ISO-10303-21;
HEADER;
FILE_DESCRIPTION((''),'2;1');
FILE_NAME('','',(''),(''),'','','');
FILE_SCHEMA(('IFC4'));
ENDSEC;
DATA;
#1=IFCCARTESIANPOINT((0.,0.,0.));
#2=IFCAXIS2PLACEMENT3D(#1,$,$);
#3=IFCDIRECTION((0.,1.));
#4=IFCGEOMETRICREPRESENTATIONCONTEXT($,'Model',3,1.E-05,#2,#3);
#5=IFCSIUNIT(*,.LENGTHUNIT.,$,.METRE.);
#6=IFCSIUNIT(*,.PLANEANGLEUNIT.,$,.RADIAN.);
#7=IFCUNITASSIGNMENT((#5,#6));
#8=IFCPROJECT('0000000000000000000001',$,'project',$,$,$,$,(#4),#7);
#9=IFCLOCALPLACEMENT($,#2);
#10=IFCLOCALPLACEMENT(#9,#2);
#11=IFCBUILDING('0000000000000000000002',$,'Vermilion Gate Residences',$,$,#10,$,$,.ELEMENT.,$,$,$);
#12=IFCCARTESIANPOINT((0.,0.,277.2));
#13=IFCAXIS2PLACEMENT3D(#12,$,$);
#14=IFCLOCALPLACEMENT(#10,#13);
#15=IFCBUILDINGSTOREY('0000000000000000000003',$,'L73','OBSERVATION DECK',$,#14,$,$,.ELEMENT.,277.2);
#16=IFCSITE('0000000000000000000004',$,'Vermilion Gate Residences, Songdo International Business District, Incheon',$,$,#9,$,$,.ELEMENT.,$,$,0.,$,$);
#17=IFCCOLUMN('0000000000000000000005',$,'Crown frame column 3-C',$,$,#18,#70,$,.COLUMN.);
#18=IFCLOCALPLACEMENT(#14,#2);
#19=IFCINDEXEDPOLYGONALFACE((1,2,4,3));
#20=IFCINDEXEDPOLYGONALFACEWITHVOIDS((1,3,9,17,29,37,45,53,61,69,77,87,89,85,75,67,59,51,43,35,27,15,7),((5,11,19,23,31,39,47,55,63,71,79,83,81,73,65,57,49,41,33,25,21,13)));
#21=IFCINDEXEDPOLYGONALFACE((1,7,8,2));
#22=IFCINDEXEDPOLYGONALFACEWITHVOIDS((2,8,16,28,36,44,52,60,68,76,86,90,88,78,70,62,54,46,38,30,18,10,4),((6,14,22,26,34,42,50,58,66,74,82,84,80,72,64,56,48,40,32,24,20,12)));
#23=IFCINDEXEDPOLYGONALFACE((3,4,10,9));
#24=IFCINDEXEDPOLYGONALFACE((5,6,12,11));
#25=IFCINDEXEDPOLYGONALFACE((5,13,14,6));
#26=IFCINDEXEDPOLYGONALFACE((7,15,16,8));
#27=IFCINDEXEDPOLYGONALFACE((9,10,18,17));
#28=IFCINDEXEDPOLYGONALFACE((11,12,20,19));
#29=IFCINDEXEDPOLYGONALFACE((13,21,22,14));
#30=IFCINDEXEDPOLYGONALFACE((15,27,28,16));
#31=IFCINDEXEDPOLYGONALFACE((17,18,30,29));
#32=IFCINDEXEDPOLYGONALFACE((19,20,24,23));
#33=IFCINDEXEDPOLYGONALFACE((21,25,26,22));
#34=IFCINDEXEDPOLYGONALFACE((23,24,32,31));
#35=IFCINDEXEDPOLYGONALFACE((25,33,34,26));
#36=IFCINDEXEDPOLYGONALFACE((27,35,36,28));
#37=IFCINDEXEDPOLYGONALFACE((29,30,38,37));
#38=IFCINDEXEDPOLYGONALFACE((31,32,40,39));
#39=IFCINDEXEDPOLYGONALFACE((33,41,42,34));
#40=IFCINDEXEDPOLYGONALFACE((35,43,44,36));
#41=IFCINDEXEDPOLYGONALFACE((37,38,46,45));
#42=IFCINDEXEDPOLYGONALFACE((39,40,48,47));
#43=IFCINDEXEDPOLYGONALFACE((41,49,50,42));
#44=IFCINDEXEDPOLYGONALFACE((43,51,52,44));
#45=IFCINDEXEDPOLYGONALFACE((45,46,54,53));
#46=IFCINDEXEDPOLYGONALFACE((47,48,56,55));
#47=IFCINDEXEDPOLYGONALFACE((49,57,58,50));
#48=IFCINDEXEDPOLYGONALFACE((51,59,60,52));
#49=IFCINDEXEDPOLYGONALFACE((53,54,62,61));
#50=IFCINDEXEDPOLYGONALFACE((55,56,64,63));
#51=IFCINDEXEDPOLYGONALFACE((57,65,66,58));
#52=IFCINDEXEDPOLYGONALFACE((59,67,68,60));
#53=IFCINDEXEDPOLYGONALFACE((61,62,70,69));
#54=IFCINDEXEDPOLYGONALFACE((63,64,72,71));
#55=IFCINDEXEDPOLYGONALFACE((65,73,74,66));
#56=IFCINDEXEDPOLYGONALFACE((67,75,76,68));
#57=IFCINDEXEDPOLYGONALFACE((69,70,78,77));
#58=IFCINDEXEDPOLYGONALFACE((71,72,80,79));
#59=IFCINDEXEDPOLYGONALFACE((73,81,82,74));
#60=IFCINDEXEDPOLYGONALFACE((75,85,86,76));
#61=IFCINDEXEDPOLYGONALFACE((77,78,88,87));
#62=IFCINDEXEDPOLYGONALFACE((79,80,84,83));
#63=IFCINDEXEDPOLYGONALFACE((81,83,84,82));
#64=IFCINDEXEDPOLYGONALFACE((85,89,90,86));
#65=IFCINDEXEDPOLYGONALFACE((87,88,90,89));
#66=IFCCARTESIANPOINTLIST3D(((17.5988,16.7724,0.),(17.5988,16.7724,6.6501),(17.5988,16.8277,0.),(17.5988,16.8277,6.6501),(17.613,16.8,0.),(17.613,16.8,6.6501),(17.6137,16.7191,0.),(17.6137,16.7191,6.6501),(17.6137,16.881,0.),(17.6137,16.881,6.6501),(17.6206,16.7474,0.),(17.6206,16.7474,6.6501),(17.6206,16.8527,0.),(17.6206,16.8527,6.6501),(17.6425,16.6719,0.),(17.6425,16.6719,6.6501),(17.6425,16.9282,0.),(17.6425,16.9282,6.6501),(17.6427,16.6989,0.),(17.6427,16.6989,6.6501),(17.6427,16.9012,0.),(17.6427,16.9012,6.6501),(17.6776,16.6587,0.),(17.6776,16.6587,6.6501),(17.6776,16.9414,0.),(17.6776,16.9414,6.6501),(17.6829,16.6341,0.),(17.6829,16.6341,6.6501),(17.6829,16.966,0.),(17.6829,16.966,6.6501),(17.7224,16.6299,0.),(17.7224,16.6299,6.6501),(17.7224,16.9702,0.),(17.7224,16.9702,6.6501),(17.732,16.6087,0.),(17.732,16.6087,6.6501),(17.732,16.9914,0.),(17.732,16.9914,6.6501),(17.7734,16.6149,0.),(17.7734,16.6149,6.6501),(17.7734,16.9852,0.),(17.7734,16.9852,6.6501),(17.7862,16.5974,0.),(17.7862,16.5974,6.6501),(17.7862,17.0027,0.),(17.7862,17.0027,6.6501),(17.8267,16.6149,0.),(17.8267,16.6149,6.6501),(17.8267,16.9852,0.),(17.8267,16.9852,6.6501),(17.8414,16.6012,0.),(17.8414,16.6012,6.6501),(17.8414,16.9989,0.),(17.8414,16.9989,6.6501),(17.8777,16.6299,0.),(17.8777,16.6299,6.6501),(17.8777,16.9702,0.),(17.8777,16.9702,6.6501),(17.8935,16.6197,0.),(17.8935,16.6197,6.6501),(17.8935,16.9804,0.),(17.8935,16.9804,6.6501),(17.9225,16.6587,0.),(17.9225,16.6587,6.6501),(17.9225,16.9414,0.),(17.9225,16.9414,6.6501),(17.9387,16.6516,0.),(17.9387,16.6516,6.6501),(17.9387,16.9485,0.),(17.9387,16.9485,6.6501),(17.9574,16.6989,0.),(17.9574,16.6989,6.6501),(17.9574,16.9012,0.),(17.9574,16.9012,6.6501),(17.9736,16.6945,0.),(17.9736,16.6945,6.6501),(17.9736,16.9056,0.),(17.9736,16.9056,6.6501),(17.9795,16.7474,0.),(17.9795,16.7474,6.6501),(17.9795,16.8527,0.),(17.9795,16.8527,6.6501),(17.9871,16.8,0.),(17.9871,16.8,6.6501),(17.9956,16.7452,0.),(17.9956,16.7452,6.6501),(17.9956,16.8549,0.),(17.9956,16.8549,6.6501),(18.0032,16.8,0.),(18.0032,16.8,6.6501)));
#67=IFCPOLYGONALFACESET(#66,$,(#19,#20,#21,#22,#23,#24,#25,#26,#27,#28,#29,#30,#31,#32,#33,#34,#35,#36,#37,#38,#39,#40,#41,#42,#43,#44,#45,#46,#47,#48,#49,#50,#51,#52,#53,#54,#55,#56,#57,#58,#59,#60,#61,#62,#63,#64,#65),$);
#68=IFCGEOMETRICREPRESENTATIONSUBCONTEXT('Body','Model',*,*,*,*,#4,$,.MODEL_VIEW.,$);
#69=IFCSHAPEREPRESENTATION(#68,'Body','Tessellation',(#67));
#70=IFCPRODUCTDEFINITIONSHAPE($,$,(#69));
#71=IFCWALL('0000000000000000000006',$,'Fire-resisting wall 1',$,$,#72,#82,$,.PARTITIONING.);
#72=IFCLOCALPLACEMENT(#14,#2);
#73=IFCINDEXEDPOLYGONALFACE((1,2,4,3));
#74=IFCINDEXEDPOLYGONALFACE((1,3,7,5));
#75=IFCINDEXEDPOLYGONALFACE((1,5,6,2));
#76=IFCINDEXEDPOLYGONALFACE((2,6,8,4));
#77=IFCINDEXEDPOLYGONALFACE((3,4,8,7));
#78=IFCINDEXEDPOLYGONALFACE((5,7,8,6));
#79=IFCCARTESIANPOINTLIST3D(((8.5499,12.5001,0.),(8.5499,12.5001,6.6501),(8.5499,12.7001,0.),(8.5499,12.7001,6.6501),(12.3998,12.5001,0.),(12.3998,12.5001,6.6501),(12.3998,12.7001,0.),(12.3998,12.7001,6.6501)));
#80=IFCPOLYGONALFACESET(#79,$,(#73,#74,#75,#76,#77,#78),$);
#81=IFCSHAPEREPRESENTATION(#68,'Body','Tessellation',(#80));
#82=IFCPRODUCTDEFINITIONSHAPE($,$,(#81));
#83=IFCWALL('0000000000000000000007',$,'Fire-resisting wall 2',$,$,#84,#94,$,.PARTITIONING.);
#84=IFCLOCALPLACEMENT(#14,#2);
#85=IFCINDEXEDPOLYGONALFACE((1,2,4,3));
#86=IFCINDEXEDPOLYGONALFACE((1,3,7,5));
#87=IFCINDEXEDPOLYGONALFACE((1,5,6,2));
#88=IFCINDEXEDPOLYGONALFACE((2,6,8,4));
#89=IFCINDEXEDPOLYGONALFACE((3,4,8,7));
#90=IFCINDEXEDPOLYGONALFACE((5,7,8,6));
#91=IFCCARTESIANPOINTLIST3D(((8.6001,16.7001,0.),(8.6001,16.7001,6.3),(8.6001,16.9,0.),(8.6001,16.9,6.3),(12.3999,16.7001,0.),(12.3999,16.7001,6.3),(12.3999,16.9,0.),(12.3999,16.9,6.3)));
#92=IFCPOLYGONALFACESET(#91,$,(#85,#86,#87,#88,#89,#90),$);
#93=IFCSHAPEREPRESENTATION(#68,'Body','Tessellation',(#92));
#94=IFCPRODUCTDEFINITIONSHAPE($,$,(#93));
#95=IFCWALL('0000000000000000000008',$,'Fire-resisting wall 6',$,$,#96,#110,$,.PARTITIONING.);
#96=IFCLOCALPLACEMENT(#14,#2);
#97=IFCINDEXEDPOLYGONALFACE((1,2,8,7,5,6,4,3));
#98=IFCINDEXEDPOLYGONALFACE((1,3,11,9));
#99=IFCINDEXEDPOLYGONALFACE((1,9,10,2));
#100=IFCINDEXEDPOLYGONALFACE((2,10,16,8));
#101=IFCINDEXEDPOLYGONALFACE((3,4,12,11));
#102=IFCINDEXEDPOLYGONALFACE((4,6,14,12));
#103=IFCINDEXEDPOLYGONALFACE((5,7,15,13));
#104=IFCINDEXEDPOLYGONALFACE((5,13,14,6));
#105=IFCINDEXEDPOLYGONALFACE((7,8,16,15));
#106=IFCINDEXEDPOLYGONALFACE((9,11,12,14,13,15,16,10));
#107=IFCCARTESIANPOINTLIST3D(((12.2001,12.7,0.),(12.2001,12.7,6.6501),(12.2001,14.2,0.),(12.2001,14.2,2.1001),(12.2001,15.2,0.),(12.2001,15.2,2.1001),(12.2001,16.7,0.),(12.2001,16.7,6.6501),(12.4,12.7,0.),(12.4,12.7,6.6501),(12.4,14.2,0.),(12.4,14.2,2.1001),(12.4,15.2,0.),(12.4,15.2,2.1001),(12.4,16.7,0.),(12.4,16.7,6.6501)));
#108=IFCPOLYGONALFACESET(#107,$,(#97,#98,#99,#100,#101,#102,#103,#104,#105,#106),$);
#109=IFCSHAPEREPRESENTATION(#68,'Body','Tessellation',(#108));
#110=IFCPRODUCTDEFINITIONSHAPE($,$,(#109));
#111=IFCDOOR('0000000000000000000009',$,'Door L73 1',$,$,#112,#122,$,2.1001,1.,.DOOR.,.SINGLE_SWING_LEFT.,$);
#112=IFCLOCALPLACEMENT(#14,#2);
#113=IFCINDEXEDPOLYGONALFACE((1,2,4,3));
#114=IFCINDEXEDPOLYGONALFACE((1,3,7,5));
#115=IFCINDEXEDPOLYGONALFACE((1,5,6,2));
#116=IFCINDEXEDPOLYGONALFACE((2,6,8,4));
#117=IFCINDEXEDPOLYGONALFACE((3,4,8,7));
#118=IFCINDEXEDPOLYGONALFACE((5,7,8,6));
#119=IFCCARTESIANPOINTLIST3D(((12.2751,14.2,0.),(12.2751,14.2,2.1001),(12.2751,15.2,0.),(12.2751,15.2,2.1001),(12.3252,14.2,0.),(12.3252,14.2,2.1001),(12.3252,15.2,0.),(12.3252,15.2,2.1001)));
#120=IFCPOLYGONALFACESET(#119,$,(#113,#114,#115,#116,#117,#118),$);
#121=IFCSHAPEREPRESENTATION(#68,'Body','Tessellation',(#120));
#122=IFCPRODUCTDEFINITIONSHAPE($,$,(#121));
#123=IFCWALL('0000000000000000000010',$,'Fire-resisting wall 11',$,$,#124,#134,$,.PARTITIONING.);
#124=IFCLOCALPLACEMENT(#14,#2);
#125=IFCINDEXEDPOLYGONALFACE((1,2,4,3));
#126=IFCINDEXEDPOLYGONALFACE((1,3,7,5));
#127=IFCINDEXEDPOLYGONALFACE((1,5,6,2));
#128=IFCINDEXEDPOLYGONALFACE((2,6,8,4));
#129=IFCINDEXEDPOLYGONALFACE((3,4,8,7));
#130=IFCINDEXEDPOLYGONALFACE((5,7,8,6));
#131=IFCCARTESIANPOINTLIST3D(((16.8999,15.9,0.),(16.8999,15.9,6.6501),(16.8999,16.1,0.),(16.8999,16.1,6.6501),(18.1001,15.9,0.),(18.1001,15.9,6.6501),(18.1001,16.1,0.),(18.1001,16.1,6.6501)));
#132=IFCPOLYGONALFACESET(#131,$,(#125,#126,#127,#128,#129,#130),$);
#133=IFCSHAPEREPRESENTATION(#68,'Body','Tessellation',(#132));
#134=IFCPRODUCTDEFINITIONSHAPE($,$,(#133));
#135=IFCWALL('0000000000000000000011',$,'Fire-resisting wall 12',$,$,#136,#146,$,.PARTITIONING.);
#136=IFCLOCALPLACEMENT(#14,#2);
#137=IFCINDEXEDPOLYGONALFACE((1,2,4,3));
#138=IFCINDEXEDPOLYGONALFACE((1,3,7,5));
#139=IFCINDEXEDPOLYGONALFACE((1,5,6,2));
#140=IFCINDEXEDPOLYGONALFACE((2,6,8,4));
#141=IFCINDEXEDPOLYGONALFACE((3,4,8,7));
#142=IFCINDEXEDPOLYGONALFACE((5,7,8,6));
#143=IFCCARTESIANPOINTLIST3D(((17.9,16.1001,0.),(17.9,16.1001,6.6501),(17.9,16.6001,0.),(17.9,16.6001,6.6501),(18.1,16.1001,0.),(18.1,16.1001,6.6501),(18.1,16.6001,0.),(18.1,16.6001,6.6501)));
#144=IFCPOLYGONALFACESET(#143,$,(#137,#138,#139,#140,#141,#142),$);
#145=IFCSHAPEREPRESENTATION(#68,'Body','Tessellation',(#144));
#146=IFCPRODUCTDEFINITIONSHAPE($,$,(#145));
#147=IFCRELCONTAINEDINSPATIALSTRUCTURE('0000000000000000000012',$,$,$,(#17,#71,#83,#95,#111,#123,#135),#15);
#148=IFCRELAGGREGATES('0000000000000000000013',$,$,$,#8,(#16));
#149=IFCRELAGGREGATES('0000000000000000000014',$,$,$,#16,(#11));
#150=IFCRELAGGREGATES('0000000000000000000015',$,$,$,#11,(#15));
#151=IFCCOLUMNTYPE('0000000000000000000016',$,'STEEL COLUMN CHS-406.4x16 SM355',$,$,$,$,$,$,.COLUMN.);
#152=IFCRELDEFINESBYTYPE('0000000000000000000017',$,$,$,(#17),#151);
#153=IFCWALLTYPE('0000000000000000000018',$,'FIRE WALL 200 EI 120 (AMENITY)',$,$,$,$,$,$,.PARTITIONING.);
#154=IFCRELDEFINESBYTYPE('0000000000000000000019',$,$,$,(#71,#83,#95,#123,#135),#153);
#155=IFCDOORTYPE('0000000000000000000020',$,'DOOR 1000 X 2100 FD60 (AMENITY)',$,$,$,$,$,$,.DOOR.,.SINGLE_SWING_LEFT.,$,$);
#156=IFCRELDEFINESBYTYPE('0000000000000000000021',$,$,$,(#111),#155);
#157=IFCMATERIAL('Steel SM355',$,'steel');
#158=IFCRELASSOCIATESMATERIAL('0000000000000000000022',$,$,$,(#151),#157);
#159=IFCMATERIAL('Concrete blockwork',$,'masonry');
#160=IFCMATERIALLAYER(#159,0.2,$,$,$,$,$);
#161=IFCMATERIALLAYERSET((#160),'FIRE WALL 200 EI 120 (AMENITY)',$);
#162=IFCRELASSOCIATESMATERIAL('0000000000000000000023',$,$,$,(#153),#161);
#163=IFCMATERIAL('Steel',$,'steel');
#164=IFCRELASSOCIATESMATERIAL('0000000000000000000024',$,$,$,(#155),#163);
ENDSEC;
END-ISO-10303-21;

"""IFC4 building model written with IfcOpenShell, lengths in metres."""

from ifc_helpers import new_model, si_unit, direction, frame, frame_2d, origin, origin_2d, place, context, subcontext, project, spatial, rectangle, hollow_circle, extrude, material, layer, layer_set, material_profile, profile_set, type_object, element, fill, save


model = new_model("IFC4")

# Units and contexts
model_context = context("Model", 3, precision=1e-05, world=origin(), true_north=direction((0.0, 1.0)))
body_context = subcontext(model_context, "Body", "Model", "MODEL_VIEW")
ifc_project = project(units=[si_unit("LENGTHUNIT", "METRE"), si_unit("PLANEANGLEUNIT", "RADIAN")], contexts=[model_context])

# Site, building, storey
site_placement = place(None, origin())
site = spatial("IfcSite", under=ifc_project, at=site_placement, Name="Vermilion Gate Residences, Songdo International Business District, Incheon", CompositionType="ELEMENT", RefElevation=0.0)
building_placement = place(site_placement, origin())
building = spatial("IfcBuilding", under=site, at=building_placement, Name="Vermilion Gate Residences", CompositionType="ELEMENT")
storey_placement = place(building_placement, frame((0.0, 0.0, 277.2)))
storey = spatial("IfcBuildingStorey", under=building, at=storey_placement, Name="L73", Description="OBSERVATION DECK", CompositionType="ELEMENT", Elevation=277.2)

# Column
ifc_material_1 = material(Name="Steel SM355", Category="steel")
ifc_material_profile = material_profile(ifc_material_1, hollow_circle(Radius=0.2031, WallThickness=0.0161, at=origin_2d()), Name="CHS-406.4x16")
ifc_profile_set = profile_set([ifc_material_profile], Name="Steel SM355")
column_type = type_object("IfcColumnType", Name="STEEL COLUMN CHS-406.4x16 SM355", PredefinedType="COLUMN", material=ifc_profile_set)
for number, where, z_axis, x_axis, name in (
    (1, (17.8, 16.8, 0.0), (0.0, 0.0, 1.0), (1.0, 0.0, 0.0), "Crown frame column 3-C"),
):
    element("IfcColumn", number, at=place(storey_placement, frame(where, z_axis=z_axis, x_axis=x_axis)), inside=storey, type_object=column_type, Name=name, PredefinedType="COLUMN", context=body_context, shape_type="SweptSolid", body=[
        extrude(hollow_circle(Radius=0.2031, WallThickness=0.0161, at=origin_2d()), origin(), (0.0, 0.0, 1.0), 6.6501),
    ])

# Walls
ifc_material_2 = material(Name="Concrete blockwork", Category="masonry")
ifc_layer_1 = layer(ifc_material_2, 0.2)
ifc_layer_set_1 = layer_set([ifc_layer_1], Name="FIRE WALL 200 EI 120 (AMENITY)")
wall_type_1 = type_object("IfcWallType", Name="FIRE WALL 200 EI 120 (AMENITY)", PredefinedType="PARTITIONING", material=ifc_layer_set_1)
wall_1_placement = place(storey_placement, frame((8.55, 12.6001, 0.0), z_axis=(0.0, 0.0, 1.0), x_axis=(1.0, 0.0, 0.0)))
element("IfcWall", 2, at=wall_1_placement, inside=storey, type_object=wall_type_1, Name="Fire-resisting wall 1", PredefinedType="PARTITIONING", context=body_context, shape_type="SweptSolid", body=[
    extrude(rectangle(XDim=3.8499, YDim=0.2, at=frame_2d((1.9248, 0.0))), origin(), (0.0, 0.0, 1.0), 6.6501),
])
wall_2_placement = place(storey_placement, frame((8.6001, 16.8, 0.0), z_axis=(0.0, 0.0, 1.0), x_axis=(1.0, 0.0, 0.0)))
element("IfcWall", 3, at=wall_2_placement, inside=storey, type_object=wall_type_1, Name="Fire-resisting wall 2", PredefinedType="PARTITIONING", context=body_context, shape_type="SweptSolid", body=[
    extrude(rectangle(XDim=3.7998, YDim=0.2, at=frame_2d((1.8999, 0.0))), origin(), (0.0, 0.0, 1.0), 6.3),
])

# Wall, opening, door
wall_3_placement = place(storey_placement, frame((12.3, 12.7, 0.0), z_axis=(0.0, 0.0, 1.0), x_axis=(0.0, 1.0, 0.0)))
wall_3 = element("IfcWall", 4, at=wall_3_placement, inside=storey, type_object=wall_type_1, Name="Fire-resisting wall 6", PredefinedType="PARTITIONING", context=body_context, shape_type="SweptSolid", body=[
    extrude(rectangle(XDim=4.0, YDim=0.2, at=frame_2d((2.0, 0.0))), origin(), (0.0, 0.0, 1.0), 6.6501),
])
opening_1_placement = place(wall_3_placement, frame((1.5, 0.0, 0.0)))
opening_1 = element("IfcOpeningElement", 5, at=opening_1_placement, cuts=wall_3, PredefinedType="OPENING", context=body_context, shape_type="SweptSolid", body=[
    extrude(rectangle(XDim=1.0, YDim=2.1001, at=frame_2d((0.5, 1.05))), frame((0.0, 0.1099, 0.0), z_axis=(0.0, -1.0, 0.0), x_axis=(1.0, 0.0, 0.0)), (0.0, 0.0, 1.0), 0.22),
])
ifc_material_3 = material(Name="Steel", Category="steel")
door_type_1 = type_object("IfcDoorType", Name="DOOR 1000 X 2100 FD60 (AMENITY)", OperationType="SINGLE_SWING_LEFT", PredefinedType="DOOR", material=ifc_material_3)
door_1_placement = place(opening_1_placement, origin())
door_1 = element("IfcDoor", 6, at=door_1_placement, inside=storey, type_object=door_type_1, Name="Door L73 1", OperationType="SINGLE_SWING_LEFT", OverallHeight=2.1001, OverallWidth=1.0, PredefinedType="DOOR", context=body_context, shape_type="SweptSolid", body=[
    extrude(rectangle(XDim=1.0, YDim=2.1001, at=frame_2d((0.5, 1.05))), frame((0.0, 0.0249, 0.0), z_axis=(0.0, -1.0, 0.0), x_axis=(1.0, 0.0, 0.0)), (0.0, 0.0, 1.0), 0.05),
])
fill(opening_1, door_1)

# Walls
wall_4_placement = place(storey_placement, frame((16.8999, 16.0, 0.0), z_axis=(0.0, 0.0, 1.0), x_axis=(1.0, 0.0, 0.0)))
element("IfcWall", 7, at=wall_4_placement, inside=storey, type_object=wall_type_1, Name="Fire-resisting wall 11", PredefinedType="PARTITIONING", context=body_context, shape_type="SweptSolid", body=[
    extrude(rectangle(XDim=1.2002, YDim=0.2, at=frame_2d((0.6001, 0.0))), origin(), (0.0, 0.0, 1.0), 6.6501),
])
wall_5_placement = place(storey_placement, frame((18.0, 16.1001, 0.0), z_axis=(0.0, 0.0, 1.0), x_axis=(0.0, 1.0, 0.0)))
element("IfcWall", 8, at=wall_5_placement, inside=storey, type_object=wall_type_1, Name="Fire-resisting wall 12", PredefinedType="PARTITIONING", context=body_context, shape_type="SweptSolid", body=[
    extrude(rectangle(XDim=0.5, YDim=0.2, at=frame_2d((0.25, 0.0))), origin(), (0.0, 0.0, 1.0), 6.6501),
])

save(model, "model.ifc")
